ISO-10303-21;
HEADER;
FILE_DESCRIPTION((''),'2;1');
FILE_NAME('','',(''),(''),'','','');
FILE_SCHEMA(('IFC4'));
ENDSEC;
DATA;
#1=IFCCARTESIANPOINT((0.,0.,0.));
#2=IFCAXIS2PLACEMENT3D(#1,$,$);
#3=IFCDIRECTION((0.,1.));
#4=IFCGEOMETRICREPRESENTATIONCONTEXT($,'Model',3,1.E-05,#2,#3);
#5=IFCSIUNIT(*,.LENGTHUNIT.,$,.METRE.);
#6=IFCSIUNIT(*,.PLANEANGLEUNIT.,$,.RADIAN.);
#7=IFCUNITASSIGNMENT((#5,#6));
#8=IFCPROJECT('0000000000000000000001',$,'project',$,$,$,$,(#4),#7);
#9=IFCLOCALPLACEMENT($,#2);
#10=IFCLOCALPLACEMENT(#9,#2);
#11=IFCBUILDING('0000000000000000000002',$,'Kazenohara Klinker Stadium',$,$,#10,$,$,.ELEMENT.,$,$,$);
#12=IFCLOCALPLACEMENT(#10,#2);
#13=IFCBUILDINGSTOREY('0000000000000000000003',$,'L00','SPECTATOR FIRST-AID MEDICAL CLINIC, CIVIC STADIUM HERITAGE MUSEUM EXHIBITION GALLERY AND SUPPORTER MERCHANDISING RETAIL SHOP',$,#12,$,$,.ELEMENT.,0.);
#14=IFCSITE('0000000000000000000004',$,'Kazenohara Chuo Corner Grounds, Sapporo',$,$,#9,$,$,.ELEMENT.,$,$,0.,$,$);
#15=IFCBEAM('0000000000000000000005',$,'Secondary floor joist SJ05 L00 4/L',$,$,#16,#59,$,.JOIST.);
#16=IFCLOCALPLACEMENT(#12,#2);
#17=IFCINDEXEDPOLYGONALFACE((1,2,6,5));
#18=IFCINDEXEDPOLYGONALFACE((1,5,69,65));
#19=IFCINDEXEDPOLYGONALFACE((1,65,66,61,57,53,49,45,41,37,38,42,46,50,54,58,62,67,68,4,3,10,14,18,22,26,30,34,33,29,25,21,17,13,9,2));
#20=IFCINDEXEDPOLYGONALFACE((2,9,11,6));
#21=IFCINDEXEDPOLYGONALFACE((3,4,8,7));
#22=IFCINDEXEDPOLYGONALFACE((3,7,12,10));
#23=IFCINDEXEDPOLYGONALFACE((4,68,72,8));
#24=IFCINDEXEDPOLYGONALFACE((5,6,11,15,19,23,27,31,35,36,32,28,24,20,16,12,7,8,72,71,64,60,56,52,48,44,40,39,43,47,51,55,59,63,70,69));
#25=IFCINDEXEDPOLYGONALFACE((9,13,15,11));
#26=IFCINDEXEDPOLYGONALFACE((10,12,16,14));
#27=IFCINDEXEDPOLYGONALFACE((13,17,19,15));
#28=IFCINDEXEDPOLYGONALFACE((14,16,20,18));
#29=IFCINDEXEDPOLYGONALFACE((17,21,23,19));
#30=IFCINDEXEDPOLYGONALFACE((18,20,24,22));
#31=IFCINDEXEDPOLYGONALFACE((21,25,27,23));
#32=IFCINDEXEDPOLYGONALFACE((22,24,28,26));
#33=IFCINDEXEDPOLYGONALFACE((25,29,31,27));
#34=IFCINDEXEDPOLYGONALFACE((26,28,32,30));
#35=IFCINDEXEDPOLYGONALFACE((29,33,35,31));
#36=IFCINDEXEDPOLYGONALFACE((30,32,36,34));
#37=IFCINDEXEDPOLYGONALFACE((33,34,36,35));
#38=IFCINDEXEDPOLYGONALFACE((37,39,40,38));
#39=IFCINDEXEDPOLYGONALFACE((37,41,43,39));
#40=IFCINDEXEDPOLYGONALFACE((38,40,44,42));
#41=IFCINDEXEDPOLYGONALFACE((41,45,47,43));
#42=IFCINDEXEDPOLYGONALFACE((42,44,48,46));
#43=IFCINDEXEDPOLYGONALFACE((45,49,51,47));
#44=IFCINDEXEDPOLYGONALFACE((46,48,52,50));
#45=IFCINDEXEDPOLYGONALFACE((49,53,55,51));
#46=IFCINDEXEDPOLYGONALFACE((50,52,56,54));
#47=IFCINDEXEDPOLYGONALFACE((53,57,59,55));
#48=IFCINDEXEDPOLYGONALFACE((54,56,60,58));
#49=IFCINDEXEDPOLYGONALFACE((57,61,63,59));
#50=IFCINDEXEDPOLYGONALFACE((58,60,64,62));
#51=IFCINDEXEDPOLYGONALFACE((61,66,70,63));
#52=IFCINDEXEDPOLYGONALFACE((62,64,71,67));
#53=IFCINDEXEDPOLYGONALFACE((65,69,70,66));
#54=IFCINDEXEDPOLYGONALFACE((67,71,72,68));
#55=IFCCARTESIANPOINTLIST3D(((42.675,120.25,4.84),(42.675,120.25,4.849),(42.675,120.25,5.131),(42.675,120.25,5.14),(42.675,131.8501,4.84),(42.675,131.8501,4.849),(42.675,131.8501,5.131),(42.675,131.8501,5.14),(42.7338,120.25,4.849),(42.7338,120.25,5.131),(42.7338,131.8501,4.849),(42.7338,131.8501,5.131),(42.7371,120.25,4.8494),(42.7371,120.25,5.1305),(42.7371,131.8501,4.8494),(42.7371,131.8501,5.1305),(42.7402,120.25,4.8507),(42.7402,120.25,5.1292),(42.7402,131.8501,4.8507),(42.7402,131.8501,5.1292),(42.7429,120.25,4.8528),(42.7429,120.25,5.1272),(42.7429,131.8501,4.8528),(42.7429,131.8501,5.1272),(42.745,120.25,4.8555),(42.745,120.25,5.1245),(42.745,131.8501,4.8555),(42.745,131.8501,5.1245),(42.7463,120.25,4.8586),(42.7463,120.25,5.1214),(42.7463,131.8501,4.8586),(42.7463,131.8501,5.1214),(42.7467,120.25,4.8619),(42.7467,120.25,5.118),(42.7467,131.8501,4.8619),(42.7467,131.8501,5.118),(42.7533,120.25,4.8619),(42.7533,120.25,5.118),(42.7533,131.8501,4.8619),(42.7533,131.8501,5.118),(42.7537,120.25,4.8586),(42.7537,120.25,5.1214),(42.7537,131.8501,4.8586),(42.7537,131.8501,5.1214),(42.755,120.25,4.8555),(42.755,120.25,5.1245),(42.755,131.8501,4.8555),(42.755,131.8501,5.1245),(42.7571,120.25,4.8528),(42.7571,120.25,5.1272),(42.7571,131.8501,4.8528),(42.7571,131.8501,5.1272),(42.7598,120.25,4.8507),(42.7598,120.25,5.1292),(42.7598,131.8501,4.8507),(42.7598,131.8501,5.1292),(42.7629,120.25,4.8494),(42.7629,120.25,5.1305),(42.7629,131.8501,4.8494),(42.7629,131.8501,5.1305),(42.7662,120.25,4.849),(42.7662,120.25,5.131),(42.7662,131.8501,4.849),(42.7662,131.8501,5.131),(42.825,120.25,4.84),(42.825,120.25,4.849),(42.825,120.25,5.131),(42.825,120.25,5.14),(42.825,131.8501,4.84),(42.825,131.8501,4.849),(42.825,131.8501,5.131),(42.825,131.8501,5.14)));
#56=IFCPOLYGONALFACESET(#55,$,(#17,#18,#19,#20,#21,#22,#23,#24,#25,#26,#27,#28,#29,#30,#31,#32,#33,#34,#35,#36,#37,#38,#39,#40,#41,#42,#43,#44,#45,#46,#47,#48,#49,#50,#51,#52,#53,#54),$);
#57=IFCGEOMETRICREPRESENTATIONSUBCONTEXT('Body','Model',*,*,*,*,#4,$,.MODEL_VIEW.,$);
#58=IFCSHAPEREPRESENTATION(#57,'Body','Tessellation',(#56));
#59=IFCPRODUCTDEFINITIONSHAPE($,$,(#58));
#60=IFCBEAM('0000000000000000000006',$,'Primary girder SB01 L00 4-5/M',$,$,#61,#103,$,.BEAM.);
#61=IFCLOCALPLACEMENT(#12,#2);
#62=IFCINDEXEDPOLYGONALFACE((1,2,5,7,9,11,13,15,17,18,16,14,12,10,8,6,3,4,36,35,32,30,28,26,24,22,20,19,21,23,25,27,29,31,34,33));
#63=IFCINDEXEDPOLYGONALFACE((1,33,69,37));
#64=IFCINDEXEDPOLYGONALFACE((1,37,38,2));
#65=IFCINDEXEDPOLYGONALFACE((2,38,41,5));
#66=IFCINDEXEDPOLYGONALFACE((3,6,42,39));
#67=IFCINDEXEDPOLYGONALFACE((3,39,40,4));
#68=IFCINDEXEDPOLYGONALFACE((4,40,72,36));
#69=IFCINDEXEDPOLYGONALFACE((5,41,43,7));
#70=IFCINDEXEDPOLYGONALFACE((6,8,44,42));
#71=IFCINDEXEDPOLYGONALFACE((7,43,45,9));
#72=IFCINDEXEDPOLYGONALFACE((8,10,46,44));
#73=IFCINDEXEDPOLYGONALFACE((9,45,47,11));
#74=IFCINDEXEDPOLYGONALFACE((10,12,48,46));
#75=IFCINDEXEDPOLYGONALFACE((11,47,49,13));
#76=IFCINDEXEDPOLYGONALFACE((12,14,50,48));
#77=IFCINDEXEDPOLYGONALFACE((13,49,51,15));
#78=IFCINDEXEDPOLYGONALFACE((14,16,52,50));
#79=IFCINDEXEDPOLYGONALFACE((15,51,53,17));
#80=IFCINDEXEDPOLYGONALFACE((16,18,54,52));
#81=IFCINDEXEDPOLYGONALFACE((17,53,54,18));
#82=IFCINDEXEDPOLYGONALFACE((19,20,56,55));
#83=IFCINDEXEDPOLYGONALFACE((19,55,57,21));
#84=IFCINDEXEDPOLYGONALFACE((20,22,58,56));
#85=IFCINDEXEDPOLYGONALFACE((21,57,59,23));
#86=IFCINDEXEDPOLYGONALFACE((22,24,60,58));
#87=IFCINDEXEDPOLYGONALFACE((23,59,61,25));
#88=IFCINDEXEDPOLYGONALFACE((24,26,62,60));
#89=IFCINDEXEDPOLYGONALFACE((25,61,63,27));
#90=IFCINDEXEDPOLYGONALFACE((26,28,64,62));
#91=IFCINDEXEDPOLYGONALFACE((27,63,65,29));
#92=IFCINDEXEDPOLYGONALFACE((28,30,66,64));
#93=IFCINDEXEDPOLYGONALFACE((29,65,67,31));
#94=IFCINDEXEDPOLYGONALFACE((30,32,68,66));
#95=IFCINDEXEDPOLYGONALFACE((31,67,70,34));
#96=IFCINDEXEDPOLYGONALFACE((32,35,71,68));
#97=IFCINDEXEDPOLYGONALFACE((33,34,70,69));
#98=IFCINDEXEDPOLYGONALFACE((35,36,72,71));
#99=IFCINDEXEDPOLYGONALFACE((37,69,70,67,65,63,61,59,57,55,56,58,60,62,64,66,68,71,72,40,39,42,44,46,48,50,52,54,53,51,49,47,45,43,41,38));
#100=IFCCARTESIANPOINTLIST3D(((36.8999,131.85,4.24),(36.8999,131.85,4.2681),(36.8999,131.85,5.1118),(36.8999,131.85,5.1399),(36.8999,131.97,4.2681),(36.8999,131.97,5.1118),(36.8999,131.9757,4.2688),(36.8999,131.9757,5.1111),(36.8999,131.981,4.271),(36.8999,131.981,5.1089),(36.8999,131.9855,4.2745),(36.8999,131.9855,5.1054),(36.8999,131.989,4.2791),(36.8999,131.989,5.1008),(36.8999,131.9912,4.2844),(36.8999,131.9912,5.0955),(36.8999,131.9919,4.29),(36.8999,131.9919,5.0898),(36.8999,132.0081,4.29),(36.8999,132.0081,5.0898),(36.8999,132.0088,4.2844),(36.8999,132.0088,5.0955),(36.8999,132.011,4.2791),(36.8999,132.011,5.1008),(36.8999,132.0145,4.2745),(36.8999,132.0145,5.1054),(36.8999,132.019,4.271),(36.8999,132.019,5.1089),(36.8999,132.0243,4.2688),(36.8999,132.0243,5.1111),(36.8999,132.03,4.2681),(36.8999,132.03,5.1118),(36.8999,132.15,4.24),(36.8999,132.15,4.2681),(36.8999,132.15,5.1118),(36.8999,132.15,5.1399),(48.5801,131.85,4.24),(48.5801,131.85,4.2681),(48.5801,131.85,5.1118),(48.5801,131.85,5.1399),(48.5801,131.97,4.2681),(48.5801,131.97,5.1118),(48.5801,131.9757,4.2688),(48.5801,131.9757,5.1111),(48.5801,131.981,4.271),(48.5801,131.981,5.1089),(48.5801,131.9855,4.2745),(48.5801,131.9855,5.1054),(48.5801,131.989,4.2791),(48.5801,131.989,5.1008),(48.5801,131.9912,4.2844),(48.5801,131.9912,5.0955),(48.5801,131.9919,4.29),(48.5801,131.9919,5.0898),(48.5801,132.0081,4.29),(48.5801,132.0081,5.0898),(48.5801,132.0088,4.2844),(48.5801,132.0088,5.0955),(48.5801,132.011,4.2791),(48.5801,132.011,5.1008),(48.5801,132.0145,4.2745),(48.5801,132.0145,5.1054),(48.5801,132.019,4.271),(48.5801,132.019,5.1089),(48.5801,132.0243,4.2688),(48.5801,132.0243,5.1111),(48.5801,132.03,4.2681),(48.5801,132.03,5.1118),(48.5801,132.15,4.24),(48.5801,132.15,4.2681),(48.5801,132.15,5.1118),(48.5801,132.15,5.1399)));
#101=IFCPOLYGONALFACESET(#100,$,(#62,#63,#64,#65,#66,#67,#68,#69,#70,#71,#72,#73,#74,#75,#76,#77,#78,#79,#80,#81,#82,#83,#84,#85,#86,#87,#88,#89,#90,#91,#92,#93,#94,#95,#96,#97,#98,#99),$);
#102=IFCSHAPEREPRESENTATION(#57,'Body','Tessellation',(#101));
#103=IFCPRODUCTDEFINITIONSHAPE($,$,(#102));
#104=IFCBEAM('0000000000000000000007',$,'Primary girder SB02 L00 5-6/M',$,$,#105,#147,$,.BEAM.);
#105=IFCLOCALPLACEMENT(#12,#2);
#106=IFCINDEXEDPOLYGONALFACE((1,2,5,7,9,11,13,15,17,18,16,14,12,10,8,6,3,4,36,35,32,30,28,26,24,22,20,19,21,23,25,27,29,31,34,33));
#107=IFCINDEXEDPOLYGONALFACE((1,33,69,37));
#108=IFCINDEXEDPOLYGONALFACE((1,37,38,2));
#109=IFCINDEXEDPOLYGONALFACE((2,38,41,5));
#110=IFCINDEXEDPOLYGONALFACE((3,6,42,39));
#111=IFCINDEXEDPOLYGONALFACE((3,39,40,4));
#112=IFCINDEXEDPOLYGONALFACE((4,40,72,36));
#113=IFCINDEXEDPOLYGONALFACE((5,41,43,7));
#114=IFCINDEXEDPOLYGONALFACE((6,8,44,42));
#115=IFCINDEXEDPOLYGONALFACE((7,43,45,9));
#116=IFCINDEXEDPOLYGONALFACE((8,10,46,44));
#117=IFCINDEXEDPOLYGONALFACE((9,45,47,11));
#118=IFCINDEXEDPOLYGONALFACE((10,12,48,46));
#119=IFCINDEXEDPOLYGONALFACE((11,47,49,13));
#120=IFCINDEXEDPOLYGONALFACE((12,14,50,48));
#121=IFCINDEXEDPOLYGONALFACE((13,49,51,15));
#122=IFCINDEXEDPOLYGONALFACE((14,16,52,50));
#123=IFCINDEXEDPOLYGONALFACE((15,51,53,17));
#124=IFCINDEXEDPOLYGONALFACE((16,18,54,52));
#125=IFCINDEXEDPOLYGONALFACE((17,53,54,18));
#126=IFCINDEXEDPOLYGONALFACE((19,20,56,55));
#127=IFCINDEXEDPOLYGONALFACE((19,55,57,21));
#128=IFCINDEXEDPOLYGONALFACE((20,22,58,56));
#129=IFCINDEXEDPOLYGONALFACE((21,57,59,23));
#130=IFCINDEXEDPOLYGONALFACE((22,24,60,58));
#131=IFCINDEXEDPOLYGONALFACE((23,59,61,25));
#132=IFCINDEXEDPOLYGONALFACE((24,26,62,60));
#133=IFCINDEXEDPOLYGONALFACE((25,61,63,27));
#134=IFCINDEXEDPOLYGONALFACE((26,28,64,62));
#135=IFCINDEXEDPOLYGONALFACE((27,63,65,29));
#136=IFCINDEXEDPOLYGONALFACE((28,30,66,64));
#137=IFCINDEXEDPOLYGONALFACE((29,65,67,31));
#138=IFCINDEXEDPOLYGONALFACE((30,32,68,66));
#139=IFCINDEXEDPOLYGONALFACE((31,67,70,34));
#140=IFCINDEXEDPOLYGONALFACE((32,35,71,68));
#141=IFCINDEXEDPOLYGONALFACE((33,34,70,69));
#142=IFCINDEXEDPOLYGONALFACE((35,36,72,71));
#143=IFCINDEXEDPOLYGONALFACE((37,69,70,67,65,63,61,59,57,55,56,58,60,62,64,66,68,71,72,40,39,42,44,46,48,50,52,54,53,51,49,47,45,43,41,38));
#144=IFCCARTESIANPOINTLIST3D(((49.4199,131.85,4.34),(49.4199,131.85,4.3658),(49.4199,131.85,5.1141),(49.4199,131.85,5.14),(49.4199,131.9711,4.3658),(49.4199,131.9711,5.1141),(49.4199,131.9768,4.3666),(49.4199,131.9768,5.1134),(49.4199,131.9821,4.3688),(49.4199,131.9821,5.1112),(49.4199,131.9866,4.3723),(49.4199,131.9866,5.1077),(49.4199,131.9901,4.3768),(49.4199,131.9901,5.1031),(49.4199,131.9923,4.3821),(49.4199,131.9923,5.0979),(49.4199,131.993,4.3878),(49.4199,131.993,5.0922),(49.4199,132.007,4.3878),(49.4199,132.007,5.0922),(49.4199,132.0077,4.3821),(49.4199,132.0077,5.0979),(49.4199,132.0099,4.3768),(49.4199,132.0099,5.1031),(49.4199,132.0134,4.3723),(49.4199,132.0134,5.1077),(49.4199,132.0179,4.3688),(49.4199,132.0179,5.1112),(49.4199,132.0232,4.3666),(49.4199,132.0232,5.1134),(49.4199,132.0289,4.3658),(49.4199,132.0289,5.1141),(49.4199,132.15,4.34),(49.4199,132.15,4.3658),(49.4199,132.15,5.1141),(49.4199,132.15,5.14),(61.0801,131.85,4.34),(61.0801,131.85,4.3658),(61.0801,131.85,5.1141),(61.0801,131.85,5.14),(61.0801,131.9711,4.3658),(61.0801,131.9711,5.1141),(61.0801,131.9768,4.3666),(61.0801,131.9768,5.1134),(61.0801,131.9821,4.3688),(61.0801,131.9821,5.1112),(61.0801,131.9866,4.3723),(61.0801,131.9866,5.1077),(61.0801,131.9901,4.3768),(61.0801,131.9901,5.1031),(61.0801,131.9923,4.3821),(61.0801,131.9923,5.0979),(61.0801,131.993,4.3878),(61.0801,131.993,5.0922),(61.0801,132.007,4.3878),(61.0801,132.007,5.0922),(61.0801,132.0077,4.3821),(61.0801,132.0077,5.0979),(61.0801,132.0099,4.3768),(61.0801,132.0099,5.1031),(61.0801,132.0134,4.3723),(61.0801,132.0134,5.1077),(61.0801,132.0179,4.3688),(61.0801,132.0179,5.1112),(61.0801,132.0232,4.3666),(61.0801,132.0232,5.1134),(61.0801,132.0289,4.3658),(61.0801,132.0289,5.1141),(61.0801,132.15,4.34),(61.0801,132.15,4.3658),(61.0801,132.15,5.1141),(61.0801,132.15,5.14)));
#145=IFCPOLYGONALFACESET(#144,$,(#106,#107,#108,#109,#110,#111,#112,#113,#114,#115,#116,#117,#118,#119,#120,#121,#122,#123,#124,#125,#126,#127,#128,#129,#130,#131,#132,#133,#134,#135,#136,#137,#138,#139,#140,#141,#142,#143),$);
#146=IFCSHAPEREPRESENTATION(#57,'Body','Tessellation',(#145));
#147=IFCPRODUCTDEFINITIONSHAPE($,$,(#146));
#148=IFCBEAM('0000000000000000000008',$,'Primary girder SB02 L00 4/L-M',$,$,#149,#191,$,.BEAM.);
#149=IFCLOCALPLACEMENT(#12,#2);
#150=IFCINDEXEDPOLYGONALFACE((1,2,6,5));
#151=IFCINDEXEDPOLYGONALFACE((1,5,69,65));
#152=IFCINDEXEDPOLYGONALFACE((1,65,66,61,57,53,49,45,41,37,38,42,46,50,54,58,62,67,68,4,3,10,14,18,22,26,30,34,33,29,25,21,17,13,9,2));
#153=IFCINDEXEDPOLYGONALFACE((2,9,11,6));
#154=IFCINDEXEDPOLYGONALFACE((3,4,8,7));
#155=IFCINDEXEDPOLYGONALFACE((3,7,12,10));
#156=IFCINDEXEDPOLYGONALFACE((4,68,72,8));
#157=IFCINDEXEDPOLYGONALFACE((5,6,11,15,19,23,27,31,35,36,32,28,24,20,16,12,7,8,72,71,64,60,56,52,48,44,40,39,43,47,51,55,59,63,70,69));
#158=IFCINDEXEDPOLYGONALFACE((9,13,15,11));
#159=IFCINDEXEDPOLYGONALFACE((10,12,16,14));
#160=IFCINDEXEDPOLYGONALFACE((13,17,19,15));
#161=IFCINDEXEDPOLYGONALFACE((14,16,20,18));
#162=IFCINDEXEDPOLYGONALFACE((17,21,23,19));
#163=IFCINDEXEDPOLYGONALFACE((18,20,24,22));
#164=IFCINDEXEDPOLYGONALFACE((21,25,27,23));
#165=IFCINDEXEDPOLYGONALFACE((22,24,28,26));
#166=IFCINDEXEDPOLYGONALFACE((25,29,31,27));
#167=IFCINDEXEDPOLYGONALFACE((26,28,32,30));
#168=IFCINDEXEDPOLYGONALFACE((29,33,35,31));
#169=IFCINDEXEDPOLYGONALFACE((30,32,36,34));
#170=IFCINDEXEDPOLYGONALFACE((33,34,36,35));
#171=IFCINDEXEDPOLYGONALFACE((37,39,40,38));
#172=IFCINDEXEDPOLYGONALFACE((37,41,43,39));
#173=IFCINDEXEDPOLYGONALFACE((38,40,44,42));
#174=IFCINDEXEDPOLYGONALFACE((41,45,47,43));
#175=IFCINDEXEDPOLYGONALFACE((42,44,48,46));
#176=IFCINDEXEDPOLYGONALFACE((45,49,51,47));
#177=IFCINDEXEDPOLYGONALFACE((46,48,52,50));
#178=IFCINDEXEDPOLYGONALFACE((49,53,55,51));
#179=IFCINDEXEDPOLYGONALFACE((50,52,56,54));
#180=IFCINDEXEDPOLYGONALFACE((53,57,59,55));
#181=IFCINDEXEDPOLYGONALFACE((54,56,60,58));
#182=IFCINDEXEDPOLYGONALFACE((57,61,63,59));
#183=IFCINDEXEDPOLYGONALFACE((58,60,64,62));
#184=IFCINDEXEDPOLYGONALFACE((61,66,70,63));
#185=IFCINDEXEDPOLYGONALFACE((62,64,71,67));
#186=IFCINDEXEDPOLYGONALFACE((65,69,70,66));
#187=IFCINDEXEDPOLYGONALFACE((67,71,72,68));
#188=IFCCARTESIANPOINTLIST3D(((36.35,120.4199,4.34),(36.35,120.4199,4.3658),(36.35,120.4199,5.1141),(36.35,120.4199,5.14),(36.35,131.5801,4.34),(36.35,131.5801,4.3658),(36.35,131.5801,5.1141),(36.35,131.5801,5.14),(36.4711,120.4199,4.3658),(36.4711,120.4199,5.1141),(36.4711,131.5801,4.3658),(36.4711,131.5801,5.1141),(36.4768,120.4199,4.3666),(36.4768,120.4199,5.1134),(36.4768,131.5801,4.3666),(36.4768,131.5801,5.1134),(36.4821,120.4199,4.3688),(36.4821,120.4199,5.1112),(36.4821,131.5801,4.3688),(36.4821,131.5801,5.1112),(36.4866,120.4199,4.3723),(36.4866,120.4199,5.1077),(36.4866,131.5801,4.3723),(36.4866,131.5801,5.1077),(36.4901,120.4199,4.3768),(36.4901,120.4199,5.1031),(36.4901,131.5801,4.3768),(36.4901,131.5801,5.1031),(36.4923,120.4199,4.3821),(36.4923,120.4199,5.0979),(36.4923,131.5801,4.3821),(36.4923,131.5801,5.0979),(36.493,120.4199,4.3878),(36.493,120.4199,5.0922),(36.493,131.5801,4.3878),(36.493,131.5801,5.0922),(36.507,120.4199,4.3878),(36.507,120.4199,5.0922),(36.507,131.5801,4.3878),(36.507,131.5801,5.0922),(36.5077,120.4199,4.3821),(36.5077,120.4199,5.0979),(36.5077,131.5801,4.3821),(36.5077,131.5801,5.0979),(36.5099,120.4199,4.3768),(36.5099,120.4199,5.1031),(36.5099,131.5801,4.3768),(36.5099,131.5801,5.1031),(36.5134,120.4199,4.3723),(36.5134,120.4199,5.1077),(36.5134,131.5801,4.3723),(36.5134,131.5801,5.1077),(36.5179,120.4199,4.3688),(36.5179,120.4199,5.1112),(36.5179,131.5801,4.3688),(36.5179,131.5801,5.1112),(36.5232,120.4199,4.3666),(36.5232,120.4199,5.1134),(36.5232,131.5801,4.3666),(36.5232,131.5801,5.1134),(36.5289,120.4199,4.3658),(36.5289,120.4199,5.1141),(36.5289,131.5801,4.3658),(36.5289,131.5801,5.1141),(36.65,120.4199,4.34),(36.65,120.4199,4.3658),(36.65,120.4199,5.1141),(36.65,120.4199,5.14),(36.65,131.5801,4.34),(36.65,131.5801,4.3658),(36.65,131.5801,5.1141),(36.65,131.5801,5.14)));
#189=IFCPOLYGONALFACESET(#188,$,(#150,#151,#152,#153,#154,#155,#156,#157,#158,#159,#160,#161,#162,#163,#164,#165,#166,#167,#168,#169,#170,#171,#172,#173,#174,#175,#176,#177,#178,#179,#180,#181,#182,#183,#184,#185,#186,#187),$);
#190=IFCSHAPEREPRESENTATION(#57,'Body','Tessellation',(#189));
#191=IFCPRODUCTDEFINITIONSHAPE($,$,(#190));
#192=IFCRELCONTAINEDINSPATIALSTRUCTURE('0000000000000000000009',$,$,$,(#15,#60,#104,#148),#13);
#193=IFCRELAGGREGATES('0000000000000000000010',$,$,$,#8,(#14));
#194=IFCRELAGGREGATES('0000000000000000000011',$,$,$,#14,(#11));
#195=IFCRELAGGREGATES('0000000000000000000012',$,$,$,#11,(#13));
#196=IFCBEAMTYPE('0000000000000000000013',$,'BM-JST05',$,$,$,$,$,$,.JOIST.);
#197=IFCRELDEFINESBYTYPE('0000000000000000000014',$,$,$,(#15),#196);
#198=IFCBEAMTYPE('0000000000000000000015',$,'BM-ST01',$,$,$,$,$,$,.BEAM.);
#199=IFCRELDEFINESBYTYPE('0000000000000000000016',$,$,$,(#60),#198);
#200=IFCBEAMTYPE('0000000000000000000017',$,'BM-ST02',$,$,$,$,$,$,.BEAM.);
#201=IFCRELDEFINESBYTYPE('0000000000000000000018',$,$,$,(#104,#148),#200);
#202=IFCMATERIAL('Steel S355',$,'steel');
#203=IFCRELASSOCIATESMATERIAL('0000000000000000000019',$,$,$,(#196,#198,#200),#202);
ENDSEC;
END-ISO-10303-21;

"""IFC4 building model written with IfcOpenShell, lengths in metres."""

from ifc_helpers import new_model, si_unit, direction, frame, origin, origin_2d, place, context, subcontext, project, spatial, i_section, extrude, material, material_profile, profile_set, type_object, element, save


model = new_model("IFC4")

# Units and contexts
model_context = context("Model", 3, precision=1e-05, world=origin(), true_north=direction((0.0, 1.0)))
body_context = subcontext(model_context, "Body", "Model", "MODEL_VIEW")
ifc_project = project(units=[si_unit("LENGTHUNIT", "METRE"), si_unit("PLANEANGLEUNIT", "RADIAN")], contexts=[model_context])

# Site, building, storey
site_placement = place(None, origin())
site = spatial("IfcSite", under=ifc_project, at=site_placement, Name="Kazenohara Chuo Corner Grounds, Sapporo", CompositionType="ELEMENT", RefElevation=0.0)
building_placement = place(site_placement, origin())
building = spatial("IfcBuilding", under=site, at=building_placement, Name="Kazenohara Klinker Stadium", CompositionType="ELEMENT")
storey_placement = place(building_placement, origin())
storey = spatial("IfcBuildingStorey", under=building, at=storey_placement, Name="L00", Description="SPECTATOR FIRST-AID MEDICAL CLINIC, CIVIC STADIUM HERITAGE MUSEUM EXHIBITION GALLERY AND SUPPORTER MERCHANDISING RETAIL SHOP", CompositionType="ELEMENT", Elevation=0.0)

# Beams
ifc_material_1 = material(Name="Steel S355", Category="steel")
ifc_material_profile_1 = material_profile(ifc_material_1, i_section(OverallWidth=0.1499, OverallDepth=0.3, WebThickness=0.0066, FlangeThickness=0.009, FilletRadius=0.0129, at=origin_2d()), Name="H-300x150x6.5x9")
ifc_profile_set_1 = profile_set([ifc_material_profile_1], Name="Steel S355")
beam_type_1 = type_object("IfcBeamType", Name="BM-JST05", PredefinedType="JOIST", material=ifc_profile_set_1)
beam_1_placement = place(storey_placement, frame((42.75, 120.25, 4.99), z_axis=(0.0, 1.0, 0.0), x_axis=(-1.0, 0.0, 0.0)))
element("IfcBeam", 1, at=beam_1_placement, inside=storey, type_object=beam_type_1, Name="Secondary floor joist SJ05 L00 4/L", PredefinedType="JOIST", context=body_context, shape_type="SweptSolid", body=[
    extrude(i_section(OverallWidth=0.1499, OverallDepth=0.3, WebThickness=0.0066, FlangeThickness=0.009, FilletRadius=0.0129, at=origin_2d()), origin(), (0.0, 0.0, 1.0), 11.6001),
])
ifc_material_profile_2 = material_profile(ifc_material_1, i_section(OverallWidth=0.3, OverallDepth=0.8999, WebThickness=0.0161, FlangeThickness=0.0281, FilletRadius=0.022, at=origin_2d()), Name="H-900x300x16x28")
ifc_profile_set_2 = profile_set([ifc_material_profile_2], Name="Steel S355")
beam_type_2 = type_object("IfcBeamType", Name="BM-ST01", PredefinedType="BEAM", material=ifc_profile_set_2)
beam_2_placement = place(storey_placement, frame((36.8999, 132.0, 4.6899), z_axis=(1.0, 0.0, 0.0), x_axis=(0.0, 1.0, 0.0)))
element("IfcBeam", 2, at=beam_2_placement, inside=storey, type_object=beam_type_2, Name="Primary girder SB01 L00 4-5/M", PredefinedType="BEAM", context=body_context, shape_type="SweptSolid", body=[
    extrude(i_section(OverallWidth=0.3, OverallDepth=0.8999, WebThickness=0.0161, FlangeThickness=0.0281, FilletRadius=0.022, at=origin_2d()), origin(), (0.0, 0.0, 1.0), 11.6802),
])
ifc_material_profile_3 = material_profile(ifc_material_1, i_section(OverallWidth=0.3, OverallDepth=0.8, WebThickness=0.0139, FlangeThickness=0.0259, FilletRadius=0.022, at=origin_2d()), Name="H-800x300x14x26")
ifc_profile_set_3 = profile_set([ifc_material_profile_3], Name="Steel S355")
beam_type_3 = type_object("IfcBeamType", Name="BM-ST02", PredefinedType="BEAM", material=ifc_profile_set_3)
beam_3_placement = place(storey_placement, frame((49.4199, 132.0, 4.74), z_axis=(1.0, 0.0, 0.0), x_axis=(0.0, 1.0, 0.0)))
element("IfcBeam", 3, at=beam_3_placement, inside=storey, type_object=beam_type_3, Name="Primary girder SB02 L00 5-6/M", PredefinedType="BEAM", context=body_context, shape_type="SweptSolid", body=[
    extrude(i_section(OverallWidth=0.3, OverallDepth=0.8, WebThickness=0.0139, FlangeThickness=0.0259, FilletRadius=0.022, at=origin_2d()), origin(), (0.0, 0.0, 1.0), 11.6602),
])
beam_4_placement = place(storey_placement, frame((36.5, 120.4199, 4.74), z_axis=(0.0, 1.0, 0.0), x_axis=(-1.0, 0.0, 0.0)))
element("IfcBeam", 4, at=beam_4_placement, inside=storey, type_object=beam_type_3, Name="Primary girder SB02 L00 4/L-M", PredefinedType="BEAM", context=body_context, shape_type="SweptSolid", body=[
    extrude(i_section(OverallWidth=0.3, OverallDepth=0.8, WebThickness=0.0139, FlangeThickness=0.0259, FilletRadius=0.022, at=origin_2d()), origin(), (0.0, 0.0, 1.0), 11.1602),
])

save(model, "model.ifc")
